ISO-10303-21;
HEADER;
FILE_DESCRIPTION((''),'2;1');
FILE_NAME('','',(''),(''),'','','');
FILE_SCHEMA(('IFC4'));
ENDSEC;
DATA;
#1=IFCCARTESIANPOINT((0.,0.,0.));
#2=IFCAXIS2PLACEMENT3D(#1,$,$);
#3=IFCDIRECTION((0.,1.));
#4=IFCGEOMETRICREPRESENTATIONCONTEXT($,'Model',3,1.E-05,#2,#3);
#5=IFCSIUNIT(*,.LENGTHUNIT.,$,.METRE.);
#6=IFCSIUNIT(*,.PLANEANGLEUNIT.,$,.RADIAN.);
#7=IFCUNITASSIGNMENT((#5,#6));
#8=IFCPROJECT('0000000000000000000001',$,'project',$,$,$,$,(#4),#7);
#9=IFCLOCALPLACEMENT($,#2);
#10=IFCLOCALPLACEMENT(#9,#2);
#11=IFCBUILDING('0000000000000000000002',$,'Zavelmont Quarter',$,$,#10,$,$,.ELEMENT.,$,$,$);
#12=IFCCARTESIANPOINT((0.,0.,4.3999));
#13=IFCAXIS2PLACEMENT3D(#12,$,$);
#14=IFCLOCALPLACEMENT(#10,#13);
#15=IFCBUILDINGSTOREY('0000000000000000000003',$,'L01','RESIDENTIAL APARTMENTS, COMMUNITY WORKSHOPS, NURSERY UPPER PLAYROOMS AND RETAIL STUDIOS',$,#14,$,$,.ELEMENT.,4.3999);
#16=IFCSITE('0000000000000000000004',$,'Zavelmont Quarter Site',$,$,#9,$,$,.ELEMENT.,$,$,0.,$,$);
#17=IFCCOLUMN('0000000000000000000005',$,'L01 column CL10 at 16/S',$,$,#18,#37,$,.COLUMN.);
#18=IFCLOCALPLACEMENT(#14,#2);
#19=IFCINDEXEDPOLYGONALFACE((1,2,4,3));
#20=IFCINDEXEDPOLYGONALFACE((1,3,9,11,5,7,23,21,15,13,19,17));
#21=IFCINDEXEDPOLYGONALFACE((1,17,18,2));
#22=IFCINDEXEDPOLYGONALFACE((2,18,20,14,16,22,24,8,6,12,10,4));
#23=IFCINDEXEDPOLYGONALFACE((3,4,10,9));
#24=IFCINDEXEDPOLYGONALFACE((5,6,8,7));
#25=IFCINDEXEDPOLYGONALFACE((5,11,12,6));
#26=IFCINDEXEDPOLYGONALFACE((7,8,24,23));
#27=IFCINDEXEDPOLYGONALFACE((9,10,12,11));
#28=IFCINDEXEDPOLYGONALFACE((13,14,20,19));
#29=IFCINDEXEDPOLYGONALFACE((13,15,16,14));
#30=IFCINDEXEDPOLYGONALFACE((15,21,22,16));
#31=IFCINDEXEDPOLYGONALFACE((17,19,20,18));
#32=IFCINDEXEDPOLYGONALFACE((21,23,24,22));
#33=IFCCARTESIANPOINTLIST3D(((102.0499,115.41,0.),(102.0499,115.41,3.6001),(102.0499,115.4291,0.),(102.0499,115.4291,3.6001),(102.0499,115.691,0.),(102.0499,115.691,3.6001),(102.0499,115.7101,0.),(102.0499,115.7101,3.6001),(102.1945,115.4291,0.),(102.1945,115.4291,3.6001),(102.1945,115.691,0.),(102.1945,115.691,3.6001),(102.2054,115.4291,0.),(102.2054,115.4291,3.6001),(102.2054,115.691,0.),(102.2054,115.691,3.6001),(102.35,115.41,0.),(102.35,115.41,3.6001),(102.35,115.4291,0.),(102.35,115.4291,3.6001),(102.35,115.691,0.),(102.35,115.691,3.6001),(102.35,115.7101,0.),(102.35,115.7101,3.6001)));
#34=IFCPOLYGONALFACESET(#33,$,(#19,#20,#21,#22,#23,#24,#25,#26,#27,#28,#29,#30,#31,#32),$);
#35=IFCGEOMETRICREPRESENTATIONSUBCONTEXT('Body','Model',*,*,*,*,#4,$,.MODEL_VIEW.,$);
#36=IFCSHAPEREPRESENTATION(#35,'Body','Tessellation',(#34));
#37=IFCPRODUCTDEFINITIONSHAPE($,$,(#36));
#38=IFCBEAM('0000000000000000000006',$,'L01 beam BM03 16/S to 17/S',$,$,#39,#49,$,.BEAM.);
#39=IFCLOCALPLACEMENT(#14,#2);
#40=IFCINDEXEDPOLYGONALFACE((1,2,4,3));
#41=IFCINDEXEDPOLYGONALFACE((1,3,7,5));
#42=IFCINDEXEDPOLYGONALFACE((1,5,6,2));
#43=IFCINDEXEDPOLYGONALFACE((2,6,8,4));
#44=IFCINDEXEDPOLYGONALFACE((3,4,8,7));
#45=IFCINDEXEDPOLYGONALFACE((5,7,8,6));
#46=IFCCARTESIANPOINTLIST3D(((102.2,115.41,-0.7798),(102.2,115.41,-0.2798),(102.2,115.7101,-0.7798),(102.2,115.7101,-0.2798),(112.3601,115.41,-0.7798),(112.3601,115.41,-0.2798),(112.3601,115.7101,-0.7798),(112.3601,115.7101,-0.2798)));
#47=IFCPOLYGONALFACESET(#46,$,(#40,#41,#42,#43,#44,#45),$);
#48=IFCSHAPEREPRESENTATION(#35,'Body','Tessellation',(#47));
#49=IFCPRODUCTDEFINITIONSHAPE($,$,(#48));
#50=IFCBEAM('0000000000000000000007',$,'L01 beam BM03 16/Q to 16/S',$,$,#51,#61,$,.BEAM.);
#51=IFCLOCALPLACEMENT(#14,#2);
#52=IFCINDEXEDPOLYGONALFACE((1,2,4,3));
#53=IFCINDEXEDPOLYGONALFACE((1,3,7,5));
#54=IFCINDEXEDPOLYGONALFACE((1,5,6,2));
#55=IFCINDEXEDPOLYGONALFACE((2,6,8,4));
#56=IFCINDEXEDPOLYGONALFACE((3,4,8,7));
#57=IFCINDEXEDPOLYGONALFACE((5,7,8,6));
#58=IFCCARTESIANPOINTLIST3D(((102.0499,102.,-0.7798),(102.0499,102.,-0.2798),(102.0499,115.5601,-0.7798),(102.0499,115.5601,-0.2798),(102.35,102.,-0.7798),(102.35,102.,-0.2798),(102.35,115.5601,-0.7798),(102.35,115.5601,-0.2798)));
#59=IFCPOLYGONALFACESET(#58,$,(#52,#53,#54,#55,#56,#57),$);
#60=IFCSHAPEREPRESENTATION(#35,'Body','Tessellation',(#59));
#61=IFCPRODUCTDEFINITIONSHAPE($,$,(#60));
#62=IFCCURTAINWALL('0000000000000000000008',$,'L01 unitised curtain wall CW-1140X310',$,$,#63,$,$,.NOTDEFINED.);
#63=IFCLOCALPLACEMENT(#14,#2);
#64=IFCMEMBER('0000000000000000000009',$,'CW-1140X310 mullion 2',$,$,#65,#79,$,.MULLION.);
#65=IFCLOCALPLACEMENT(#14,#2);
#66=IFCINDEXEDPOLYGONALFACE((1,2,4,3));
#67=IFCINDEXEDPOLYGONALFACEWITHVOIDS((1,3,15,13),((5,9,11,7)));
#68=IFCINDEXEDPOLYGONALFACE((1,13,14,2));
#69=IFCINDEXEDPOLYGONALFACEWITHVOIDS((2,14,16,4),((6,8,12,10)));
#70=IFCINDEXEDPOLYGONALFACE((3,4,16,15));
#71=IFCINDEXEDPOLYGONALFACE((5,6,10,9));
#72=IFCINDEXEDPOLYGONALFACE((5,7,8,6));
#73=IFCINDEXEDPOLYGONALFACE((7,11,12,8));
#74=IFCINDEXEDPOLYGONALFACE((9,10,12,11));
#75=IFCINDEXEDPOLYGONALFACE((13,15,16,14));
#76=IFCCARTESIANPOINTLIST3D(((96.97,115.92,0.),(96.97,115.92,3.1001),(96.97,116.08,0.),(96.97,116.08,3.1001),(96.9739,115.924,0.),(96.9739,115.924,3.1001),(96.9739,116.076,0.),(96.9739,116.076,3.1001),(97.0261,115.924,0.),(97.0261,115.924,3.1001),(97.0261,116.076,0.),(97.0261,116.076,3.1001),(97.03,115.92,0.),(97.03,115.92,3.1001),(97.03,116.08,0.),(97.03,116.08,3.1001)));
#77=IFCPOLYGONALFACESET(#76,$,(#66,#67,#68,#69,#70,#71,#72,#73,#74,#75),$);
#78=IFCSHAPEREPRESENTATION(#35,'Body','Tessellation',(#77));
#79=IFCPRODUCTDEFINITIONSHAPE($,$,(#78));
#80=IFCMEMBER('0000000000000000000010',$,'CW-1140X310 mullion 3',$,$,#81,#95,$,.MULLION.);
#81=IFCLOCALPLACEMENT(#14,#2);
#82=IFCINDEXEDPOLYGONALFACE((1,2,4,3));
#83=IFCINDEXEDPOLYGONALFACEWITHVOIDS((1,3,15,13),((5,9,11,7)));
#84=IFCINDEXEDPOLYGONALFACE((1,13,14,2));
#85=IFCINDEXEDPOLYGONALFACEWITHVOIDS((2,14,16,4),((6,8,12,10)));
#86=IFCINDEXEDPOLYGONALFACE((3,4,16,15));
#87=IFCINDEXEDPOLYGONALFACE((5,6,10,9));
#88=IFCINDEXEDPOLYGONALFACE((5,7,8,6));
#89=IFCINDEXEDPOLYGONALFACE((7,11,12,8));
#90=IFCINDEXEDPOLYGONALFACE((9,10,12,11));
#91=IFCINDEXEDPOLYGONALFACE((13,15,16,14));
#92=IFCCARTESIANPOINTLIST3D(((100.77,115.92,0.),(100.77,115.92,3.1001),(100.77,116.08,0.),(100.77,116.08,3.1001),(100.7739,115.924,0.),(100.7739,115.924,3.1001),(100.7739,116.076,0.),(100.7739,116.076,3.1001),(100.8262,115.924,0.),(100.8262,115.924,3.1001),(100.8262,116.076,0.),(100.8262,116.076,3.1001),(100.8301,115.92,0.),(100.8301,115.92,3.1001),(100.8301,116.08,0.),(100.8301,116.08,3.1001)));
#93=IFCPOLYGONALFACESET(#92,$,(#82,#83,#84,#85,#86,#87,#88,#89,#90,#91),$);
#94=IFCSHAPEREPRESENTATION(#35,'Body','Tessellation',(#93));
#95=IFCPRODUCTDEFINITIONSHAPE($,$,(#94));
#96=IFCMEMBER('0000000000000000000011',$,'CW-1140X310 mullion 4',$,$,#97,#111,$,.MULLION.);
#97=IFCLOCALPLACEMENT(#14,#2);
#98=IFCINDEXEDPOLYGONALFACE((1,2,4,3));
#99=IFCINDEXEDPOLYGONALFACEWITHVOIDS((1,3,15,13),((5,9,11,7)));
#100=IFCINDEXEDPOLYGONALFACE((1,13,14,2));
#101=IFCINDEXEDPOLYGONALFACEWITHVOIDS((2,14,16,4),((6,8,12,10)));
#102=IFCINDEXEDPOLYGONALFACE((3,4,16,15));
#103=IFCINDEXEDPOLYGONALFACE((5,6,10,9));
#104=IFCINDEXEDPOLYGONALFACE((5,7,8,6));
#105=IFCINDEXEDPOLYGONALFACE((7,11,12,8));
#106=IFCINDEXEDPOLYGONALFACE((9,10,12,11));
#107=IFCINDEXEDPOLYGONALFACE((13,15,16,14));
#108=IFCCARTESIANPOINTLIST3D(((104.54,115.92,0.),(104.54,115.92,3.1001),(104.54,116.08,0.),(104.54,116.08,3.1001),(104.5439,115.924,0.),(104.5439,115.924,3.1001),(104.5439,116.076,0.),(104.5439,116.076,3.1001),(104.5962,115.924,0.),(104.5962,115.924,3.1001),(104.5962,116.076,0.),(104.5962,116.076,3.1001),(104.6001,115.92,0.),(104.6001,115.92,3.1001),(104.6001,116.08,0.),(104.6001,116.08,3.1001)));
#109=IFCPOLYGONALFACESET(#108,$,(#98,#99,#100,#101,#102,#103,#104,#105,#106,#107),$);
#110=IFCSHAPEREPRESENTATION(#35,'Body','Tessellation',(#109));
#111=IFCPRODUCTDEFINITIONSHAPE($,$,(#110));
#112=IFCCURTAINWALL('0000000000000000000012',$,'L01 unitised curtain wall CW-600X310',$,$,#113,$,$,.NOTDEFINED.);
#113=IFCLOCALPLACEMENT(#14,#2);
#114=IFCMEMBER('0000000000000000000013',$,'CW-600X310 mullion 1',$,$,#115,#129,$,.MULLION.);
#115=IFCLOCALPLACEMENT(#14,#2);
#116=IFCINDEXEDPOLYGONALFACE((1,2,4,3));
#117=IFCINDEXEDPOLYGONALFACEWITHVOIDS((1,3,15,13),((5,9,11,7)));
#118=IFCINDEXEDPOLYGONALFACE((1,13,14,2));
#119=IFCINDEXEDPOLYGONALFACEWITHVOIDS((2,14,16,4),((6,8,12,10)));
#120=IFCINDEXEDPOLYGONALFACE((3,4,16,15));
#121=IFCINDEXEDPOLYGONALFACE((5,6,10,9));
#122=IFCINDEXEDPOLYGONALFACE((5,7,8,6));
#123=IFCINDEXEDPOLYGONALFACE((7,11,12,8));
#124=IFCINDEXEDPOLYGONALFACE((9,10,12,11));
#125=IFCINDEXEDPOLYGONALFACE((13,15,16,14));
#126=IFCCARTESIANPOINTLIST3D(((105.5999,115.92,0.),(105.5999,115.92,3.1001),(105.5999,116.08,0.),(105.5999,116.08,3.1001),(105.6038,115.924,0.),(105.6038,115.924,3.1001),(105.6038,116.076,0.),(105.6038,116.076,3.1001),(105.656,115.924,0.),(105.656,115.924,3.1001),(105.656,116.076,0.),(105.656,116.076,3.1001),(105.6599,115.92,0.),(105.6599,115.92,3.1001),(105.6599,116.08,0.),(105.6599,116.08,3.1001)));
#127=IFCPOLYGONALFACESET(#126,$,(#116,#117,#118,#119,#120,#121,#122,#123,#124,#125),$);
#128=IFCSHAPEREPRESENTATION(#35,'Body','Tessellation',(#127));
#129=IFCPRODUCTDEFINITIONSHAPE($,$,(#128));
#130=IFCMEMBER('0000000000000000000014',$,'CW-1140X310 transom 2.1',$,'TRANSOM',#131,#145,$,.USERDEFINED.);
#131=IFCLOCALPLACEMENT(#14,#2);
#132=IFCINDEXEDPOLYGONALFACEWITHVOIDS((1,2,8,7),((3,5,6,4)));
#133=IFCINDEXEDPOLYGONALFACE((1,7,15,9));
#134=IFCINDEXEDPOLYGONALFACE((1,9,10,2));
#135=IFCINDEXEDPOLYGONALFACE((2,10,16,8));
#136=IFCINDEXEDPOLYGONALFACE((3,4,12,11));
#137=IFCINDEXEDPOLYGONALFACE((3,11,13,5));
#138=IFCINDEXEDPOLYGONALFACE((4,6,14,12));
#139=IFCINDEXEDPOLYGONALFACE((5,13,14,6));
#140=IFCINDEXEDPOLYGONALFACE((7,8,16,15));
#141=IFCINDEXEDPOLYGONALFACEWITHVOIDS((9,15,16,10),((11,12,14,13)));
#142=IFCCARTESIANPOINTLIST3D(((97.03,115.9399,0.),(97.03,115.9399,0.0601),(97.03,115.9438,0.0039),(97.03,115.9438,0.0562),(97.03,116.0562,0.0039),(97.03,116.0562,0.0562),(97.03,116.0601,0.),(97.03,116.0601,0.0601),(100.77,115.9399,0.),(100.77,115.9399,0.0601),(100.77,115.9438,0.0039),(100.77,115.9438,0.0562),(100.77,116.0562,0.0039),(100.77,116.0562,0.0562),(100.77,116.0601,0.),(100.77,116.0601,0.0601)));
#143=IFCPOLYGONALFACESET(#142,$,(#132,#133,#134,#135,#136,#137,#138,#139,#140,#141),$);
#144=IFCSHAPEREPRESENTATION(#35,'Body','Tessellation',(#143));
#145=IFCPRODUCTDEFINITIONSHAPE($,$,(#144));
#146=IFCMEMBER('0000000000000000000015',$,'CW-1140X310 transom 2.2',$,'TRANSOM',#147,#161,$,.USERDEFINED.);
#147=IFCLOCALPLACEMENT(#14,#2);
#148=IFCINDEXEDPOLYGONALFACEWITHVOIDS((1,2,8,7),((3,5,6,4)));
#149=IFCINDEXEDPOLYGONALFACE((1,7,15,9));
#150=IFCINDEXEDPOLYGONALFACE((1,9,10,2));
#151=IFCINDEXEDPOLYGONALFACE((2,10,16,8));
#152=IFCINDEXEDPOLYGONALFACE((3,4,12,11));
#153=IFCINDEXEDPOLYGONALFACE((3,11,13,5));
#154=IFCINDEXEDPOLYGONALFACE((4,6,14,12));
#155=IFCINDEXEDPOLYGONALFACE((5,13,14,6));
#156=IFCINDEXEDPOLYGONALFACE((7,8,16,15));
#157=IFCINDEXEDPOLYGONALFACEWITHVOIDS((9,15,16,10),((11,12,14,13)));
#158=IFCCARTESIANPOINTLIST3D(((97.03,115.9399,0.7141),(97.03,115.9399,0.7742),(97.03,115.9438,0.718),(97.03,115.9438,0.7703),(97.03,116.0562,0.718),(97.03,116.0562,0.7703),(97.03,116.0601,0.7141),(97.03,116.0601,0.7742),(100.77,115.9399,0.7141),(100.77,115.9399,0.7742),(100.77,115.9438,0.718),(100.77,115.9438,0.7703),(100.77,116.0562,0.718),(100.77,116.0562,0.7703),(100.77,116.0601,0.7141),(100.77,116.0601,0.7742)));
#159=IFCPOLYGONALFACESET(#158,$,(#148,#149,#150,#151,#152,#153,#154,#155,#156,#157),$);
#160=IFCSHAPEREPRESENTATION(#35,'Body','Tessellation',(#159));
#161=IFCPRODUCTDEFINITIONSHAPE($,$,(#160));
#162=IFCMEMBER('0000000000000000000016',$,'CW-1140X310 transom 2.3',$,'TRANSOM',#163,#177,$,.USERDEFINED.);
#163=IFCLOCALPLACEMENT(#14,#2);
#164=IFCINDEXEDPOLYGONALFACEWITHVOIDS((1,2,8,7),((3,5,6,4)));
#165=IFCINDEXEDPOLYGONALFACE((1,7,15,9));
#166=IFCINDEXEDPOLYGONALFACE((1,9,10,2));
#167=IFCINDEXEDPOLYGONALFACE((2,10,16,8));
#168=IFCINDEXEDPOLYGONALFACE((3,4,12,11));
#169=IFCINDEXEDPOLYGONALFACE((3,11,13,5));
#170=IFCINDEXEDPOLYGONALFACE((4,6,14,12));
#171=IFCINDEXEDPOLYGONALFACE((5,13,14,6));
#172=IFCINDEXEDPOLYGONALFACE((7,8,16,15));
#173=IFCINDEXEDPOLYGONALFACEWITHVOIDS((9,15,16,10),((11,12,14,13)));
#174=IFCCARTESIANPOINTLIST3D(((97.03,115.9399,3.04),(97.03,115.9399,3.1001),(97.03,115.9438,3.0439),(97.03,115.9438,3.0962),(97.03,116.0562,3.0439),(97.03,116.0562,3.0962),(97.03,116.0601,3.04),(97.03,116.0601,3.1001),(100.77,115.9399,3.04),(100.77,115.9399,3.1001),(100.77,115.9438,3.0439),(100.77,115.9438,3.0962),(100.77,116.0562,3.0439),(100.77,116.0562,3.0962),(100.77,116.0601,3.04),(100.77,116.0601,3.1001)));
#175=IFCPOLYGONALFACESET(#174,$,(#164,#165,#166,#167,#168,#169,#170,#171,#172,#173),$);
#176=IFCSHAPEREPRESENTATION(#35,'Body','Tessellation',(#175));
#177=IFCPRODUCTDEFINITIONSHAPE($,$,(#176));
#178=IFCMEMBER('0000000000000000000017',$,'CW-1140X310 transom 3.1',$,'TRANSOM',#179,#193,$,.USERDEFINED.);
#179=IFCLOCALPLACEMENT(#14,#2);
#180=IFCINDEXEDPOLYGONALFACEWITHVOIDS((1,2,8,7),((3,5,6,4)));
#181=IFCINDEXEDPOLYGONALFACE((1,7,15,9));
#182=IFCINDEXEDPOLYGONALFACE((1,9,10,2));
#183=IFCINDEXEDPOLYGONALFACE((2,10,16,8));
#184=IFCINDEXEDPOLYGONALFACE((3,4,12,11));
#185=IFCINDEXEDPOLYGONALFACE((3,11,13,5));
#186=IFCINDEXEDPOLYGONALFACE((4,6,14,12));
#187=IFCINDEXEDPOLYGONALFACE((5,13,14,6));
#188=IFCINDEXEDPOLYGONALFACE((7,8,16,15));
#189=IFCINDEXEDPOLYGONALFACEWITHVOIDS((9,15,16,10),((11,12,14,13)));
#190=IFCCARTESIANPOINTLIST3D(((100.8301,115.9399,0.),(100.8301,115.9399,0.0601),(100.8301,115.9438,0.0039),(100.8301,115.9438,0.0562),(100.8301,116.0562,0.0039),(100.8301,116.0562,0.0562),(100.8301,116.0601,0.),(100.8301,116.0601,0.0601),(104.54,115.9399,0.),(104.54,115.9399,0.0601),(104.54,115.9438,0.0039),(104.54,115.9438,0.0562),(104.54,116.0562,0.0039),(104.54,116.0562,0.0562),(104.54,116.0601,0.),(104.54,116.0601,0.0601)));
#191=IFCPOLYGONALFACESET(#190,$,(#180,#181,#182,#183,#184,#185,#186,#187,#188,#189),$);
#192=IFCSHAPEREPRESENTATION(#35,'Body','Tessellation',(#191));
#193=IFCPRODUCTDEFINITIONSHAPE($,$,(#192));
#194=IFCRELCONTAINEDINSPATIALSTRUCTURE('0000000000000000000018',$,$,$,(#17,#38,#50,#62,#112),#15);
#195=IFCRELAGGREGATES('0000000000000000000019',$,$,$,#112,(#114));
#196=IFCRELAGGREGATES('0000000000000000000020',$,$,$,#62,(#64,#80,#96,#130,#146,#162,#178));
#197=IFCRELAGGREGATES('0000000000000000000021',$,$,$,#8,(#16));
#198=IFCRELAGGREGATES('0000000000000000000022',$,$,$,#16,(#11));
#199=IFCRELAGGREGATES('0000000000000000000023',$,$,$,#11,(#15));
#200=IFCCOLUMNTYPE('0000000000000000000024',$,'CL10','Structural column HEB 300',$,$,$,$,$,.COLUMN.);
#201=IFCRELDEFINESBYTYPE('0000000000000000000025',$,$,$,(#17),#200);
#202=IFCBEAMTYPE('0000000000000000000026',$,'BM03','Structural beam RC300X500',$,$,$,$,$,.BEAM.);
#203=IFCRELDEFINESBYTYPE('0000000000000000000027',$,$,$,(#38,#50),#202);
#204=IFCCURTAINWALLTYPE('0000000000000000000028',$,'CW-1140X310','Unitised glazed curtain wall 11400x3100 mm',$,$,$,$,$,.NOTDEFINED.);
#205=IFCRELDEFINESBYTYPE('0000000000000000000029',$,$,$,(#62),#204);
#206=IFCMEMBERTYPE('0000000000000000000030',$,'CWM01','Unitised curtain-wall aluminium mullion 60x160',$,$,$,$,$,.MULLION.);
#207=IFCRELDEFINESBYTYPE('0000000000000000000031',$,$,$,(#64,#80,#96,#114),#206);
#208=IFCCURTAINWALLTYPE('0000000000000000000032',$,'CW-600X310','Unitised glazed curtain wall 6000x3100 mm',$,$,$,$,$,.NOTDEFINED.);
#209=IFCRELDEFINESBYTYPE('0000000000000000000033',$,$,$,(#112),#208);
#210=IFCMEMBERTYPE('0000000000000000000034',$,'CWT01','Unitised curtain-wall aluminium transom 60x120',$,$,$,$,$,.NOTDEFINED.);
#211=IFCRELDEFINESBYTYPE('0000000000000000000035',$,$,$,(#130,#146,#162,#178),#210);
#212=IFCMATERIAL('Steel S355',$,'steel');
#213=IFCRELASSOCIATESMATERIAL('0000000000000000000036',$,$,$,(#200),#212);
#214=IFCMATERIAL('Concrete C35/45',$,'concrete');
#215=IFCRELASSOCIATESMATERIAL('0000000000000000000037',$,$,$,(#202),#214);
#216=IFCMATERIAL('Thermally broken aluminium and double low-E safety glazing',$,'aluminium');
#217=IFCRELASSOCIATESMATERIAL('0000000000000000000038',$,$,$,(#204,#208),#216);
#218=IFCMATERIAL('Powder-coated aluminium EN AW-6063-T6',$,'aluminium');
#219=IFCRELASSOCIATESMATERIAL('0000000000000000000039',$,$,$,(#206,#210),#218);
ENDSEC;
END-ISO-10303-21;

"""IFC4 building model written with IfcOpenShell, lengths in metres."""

from ifc_helpers import new_model, si_unit, direction, frame, origin, origin_2d, place, context, subcontext, project, spatial, rectangle, hollow_rectangle, i_section, extrude, material, material_profile, profile_set, type_object, element, aggregate, save


model = new_model("IFC4")

# Units and contexts
model_context = context("Model", 3, precision=1e-05, world=origin(), true_north=direction((0.0, 1.0)))
body_context = subcontext(model_context, "Body", "Model", "MODEL_VIEW")
ifc_project = project(units=[si_unit("LENGTHUNIT", "METRE"), si_unit("PLANEANGLEUNIT", "RADIAN")], contexts=[model_context])

# Site, building, storey
site_placement = place(None, origin())
site = spatial("IfcSite", under=ifc_project, at=site_placement, Name="Zavelmont Quarter Site", CompositionType="ELEMENT", RefElevation=0.0)
building_placement = place(site_placement, origin())
building = spatial("IfcBuilding", under=site, at=building_placement, Name="Zavelmont Quarter", CompositionType="ELEMENT")
storey_placement = place(building_placement, frame((0.0, 0.0, 4.3999)))
storey = spatial("IfcBuildingStorey", under=building, at=storey_placement, Name="L01", Description="RESIDENTIAL APARTMENTS, COMMUNITY WORKSHOPS, NURSERY UPPER PLAYROOMS AND RETAIL STUDIOS", CompositionType="ELEMENT", Elevation=4.3999)

# Column
ifc_material_1 = material(Name="Steel S355", Category="steel")
ifc_material_profile_1 = material_profile(ifc_material_1, i_section(OverallWidth=0.3, OverallDepth=0.3, WebThickness=0.011, FlangeThickness=0.019, at=origin_2d()), Name="HEB 300")
ifc_profile_set_1 = profile_set([ifc_material_profile_1], Name="Steel S355")
column_type = type_object("IfcColumnType", Name="CL10", Description="Structural column HEB 300", PredefinedType="COLUMN", material=ifc_profile_set_1)
column_placement = place(storey_placement, frame((102.2, 115.5601, 0.0), z_axis=(0.0, 0.0, 1.0), x_axis=(1.0, 0.0, 0.0)))
element("IfcColumn", 1, at=column_placement, inside=storey, type_object=column_type, Name="L01 column CL10 at 16/S", PredefinedType="COLUMN", context=body_context, shape_type="SweptSolid", body=[
    extrude(i_section(OverallWidth=0.3, OverallDepth=0.3, WebThickness=0.011, FlangeThickness=0.019, at=origin_2d()), origin(), (0.0, 0.0, 1.0), 3.6001),
])

# Beams
ifc_material_2 = material(Name="Concrete C35/45", Category="concrete")
ifc_material_profile_2 = material_profile(ifc_material_2, rectangle(XDim=0.3, YDim=0.5, at=origin_2d()), Name="RC300X500")
ifc_profile_set_2 = profile_set([ifc_material_profile_2], Name="Concrete C35/45")
beam_type = type_object("IfcBeamType", Name="BM03", Description="Structural beam RC300X500", PredefinedType="BEAM", material=ifc_profile_set_2)
beam_1_placement = place(storey_placement, frame((102.2, 115.5601, -0.5298), z_axis=(1.0, 0.0, 0.0), x_axis=(0.0, 1.0, 0.0)))
element("IfcBeam", 2, at=beam_1_placement, inside=storey, type_object=beam_type, Name="L01 beam BM03 16/S to 17/S", PredefinedType="BEAM", context=body_context, shape_type="SweptSolid", body=[
    extrude(rectangle(XDim=0.3, YDim=0.5, at=origin_2d()), origin(), (0.0, 0.0, 1.0), 10.1602),
])
beam_2_placement = place(storey_placement, frame((102.2, 102.0, -0.5298), z_axis=(0.0, 1.0, 0.0), x_axis=(-1.0, 0.0, 0.0)))
element("IfcBeam", 3, at=beam_2_placement, inside=storey, type_object=beam_type, Name="L01 beam BM03 16/Q to 16/S", PredefinedType="BEAM", context=body_context, shape_type="SweptSolid", body=[
    extrude(rectangle(XDim=0.3, YDim=0.5, at=origin_2d()), origin(), (0.0, 0.0, 1.0), 13.5601),
])

# Curtain wall, members
ifc_material_3 = material(Name="Thermally broken aluminium and double low-E safety glazing", Category="aluminium")
curtain_wall_type_1 = type_object("IfcCurtainWallType", Name="CW-1140X310", Description="Unitised glazed curtain wall 11400x3100 mm", PredefinedType="NOTDEFINED", material=ifc_material_3)
curtain_wall_1_placement = place(storey_placement, origin())
curtain_wall_1 = element("IfcCurtainWall", 4, at=curtain_wall_1_placement, inside=storey, type_object=curtain_wall_type_1, Name="L01 unitised curtain wall CW-1140X310", PredefinedType="NOTDEFINED")
ifc_material_4 = material(Name="Powder-coated aluminium EN AW-6063-T6", Category="aluminium")
ifc_material_profile_3 = material_profile(ifc_material_4, hollow_rectangle(XDim=0.0601, YDim=0.1599, WallThickness=0.0039, at=origin_2d()), Name="CWM60X160")
ifc_profile_set_3 = profile_set([ifc_material_profile_3], Name="Powder-coated aluminium EN AW-6063-T6")
member_type_1 = type_object("IfcMemberType", Name="CWM01", Description="Unitised curtain-wall aluminium mullion 60x160", PredefinedType="MULLION", material=ifc_profile_set_3)
member_1_placement = place(storey_placement, frame((97.0, 116.0, 0.0), z_axis=(0.0, 0.0, 1.0), x_axis=(1.0, 0.0, 0.0)))
member_1 = element("IfcMember", 5, at=member_1_placement, type_object=member_type_1, Name="CW-1140X310 mullion 2", PredefinedType="MULLION", context=body_context, shape_type="SweptSolid", body=[
    extrude(hollow_rectangle(XDim=0.0601, YDim=0.1599, WallThickness=0.0039, at=origin_2d()), origin(), (0.0, 0.0, 1.0), 3.1001),
])
member_2_placement = place(storey_placement, frame((100.8, 116.0, 0.0), z_axis=(0.0, 0.0, 1.0), x_axis=(1.0, 0.0, 0.0)))
member_2 = element("IfcMember", 6, at=member_2_placement, type_object=member_type_1, Name="CW-1140X310 mullion 3", PredefinedType="MULLION", context=body_context, shape_type="SweptSolid", body=[
    extrude(hollow_rectangle(XDim=0.0601, YDim=0.1599, WallThickness=0.0039, at=origin_2d()), origin(), (0.0, 0.0, 1.0), 3.1001),
])
member_3_placement = place(storey_placement, frame((104.5701, 116.0, 0.0), z_axis=(0.0, 0.0, 1.0), x_axis=(1.0, 0.0, 0.0)))
member_3 = element("IfcMember", 7, at=member_3_placement, type_object=member_type_1, Name="CW-1140X310 mullion 4", PredefinedType="MULLION", context=body_context, shape_type="SweptSolid", body=[
    extrude(hollow_rectangle(XDim=0.0601, YDim=0.1599, WallThickness=0.0039, at=origin_2d()), origin(), (0.0, 0.0, 1.0), 3.1001),
])

# Curtain wall, member
curtain_wall_type_2 = type_object("IfcCurtainWallType", Name="CW-600X310", Description="Unitised glazed curtain wall 6000x3100 mm", PredefinedType="NOTDEFINED", material=ifc_material_3)
curtain_wall_2_placement = place(storey_placement, origin())
curtain_wall_2 = element("IfcCurtainWall", 8, at=curtain_wall_2_placement, inside=storey, type_object=curtain_wall_type_2, Name="L01 unitised curtain wall CW-600X310", PredefinedType="NOTDEFINED")
member_4_placement = place(storey_placement, frame((105.6299, 116.0, 0.0), z_axis=(0.0, 0.0, 1.0), x_axis=(1.0, 0.0, 0.0)))
member_4 = element("IfcMember", 9, at=member_4_placement, type_object=member_type_1, Name="CW-600X310 mullion 1", PredefinedType="MULLION", context=body_context, shape_type="SweptSolid", body=[
    extrude(hollow_rectangle(XDim=0.0601, YDim=0.1599, WallThickness=0.0039, at=origin_2d()), origin(), (0.0, 0.0, 1.0), 3.1001),
])

# Members
ifc_material_profile_4 = material_profile(ifc_material_4, hollow_rectangle(XDim=0.1201, YDim=0.0601, WallThickness=0.0039, at=origin_2d()), Name="CWT60X120")
ifc_profile_set_4 = profile_set([ifc_material_profile_4], Name="Powder-coated aluminium EN AW-6063-T6")
member_type_2 = type_object("IfcMemberType", Name="CWT01", Description="Unitised curtain-wall aluminium transom 60x120", PredefinedType="NOTDEFINED", material=ifc_profile_set_4)
member_5_placement = place(storey_placement, frame((97.03, 116.0, 0.03), z_axis=(1.0, 0.0, 0.0), x_axis=(0.0, 1.0, 0.0)))
member_5 = element("IfcMember", 10, at=member_5_placement, type_object=member_type_2, Name="CW-1140X310 transom 2.1", ObjectType="TRANSOM", PredefinedType="USERDEFINED", context=body_context, shape_type="SweptSolid", body=[
    extrude(hollow_rectangle(XDim=0.1201, YDim=0.0601, WallThickness=0.0039, at=origin_2d()), origin(), (0.0, 0.0, 1.0), 3.74),
])
member_6_placement = place(storey_placement, frame((97.03, 116.0, 0.7441), z_axis=(1.0, 0.0, 0.0), x_axis=(0.0, 1.0, 0.0)))
member_6 = element("IfcMember", 11, at=member_6_placement, type_object=member_type_2, Name="CW-1140X310 transom 2.2", ObjectType="TRANSOM", PredefinedType="USERDEFINED", context=body_context, shape_type="SweptSolid", body=[
    extrude(hollow_rectangle(XDim=0.1201, YDim=0.0601, WallThickness=0.0039, at=origin_2d()), origin(), (0.0, 0.0, 1.0), 3.74),
])
member_7_placement = place(storey_placement, frame((97.03, 116.0, 3.0701), z_axis=(1.0, 0.0, 0.0), x_axis=(0.0, 1.0, 0.0)))
member_7 = element("IfcMember", 12, at=member_7_placement, type_object=member_type_2, Name="CW-1140X310 transom 2.3", ObjectType="TRANSOM", PredefinedType="USERDEFINED", context=body_context, shape_type="SweptSolid", body=[
    extrude(hollow_rectangle(XDim=0.1201, YDim=0.0601, WallThickness=0.0039, at=origin_2d()), origin(), (0.0, 0.0, 1.0), 3.74),
])
member_8_placement = place(storey_placement, frame((100.8301, 116.0, 0.03), z_axis=(1.0, 0.0, 0.0), x_axis=(0.0, 1.0, 0.0)))
member_8 = element("IfcMember", 13, at=member_8_placement, type_object=member_type_2, Name="CW-1140X310 transom 3.1", ObjectType="TRANSOM", PredefinedType="USERDEFINED", context=body_context, shape_type="SweptSolid", body=[
    extrude(hollow_rectangle(XDim=0.1201, YDim=0.0601, WallThickness=0.0039, at=origin_2d()), origin(), (0.0, 0.0, 1.0), 3.71),
])

aggregate(curtain_wall_2, [member_4])
aggregate(curtain_wall_1, [member_1, member_2, member_3, member_5, member_6, member_7, member_8])

save(model, "model.ifc")
